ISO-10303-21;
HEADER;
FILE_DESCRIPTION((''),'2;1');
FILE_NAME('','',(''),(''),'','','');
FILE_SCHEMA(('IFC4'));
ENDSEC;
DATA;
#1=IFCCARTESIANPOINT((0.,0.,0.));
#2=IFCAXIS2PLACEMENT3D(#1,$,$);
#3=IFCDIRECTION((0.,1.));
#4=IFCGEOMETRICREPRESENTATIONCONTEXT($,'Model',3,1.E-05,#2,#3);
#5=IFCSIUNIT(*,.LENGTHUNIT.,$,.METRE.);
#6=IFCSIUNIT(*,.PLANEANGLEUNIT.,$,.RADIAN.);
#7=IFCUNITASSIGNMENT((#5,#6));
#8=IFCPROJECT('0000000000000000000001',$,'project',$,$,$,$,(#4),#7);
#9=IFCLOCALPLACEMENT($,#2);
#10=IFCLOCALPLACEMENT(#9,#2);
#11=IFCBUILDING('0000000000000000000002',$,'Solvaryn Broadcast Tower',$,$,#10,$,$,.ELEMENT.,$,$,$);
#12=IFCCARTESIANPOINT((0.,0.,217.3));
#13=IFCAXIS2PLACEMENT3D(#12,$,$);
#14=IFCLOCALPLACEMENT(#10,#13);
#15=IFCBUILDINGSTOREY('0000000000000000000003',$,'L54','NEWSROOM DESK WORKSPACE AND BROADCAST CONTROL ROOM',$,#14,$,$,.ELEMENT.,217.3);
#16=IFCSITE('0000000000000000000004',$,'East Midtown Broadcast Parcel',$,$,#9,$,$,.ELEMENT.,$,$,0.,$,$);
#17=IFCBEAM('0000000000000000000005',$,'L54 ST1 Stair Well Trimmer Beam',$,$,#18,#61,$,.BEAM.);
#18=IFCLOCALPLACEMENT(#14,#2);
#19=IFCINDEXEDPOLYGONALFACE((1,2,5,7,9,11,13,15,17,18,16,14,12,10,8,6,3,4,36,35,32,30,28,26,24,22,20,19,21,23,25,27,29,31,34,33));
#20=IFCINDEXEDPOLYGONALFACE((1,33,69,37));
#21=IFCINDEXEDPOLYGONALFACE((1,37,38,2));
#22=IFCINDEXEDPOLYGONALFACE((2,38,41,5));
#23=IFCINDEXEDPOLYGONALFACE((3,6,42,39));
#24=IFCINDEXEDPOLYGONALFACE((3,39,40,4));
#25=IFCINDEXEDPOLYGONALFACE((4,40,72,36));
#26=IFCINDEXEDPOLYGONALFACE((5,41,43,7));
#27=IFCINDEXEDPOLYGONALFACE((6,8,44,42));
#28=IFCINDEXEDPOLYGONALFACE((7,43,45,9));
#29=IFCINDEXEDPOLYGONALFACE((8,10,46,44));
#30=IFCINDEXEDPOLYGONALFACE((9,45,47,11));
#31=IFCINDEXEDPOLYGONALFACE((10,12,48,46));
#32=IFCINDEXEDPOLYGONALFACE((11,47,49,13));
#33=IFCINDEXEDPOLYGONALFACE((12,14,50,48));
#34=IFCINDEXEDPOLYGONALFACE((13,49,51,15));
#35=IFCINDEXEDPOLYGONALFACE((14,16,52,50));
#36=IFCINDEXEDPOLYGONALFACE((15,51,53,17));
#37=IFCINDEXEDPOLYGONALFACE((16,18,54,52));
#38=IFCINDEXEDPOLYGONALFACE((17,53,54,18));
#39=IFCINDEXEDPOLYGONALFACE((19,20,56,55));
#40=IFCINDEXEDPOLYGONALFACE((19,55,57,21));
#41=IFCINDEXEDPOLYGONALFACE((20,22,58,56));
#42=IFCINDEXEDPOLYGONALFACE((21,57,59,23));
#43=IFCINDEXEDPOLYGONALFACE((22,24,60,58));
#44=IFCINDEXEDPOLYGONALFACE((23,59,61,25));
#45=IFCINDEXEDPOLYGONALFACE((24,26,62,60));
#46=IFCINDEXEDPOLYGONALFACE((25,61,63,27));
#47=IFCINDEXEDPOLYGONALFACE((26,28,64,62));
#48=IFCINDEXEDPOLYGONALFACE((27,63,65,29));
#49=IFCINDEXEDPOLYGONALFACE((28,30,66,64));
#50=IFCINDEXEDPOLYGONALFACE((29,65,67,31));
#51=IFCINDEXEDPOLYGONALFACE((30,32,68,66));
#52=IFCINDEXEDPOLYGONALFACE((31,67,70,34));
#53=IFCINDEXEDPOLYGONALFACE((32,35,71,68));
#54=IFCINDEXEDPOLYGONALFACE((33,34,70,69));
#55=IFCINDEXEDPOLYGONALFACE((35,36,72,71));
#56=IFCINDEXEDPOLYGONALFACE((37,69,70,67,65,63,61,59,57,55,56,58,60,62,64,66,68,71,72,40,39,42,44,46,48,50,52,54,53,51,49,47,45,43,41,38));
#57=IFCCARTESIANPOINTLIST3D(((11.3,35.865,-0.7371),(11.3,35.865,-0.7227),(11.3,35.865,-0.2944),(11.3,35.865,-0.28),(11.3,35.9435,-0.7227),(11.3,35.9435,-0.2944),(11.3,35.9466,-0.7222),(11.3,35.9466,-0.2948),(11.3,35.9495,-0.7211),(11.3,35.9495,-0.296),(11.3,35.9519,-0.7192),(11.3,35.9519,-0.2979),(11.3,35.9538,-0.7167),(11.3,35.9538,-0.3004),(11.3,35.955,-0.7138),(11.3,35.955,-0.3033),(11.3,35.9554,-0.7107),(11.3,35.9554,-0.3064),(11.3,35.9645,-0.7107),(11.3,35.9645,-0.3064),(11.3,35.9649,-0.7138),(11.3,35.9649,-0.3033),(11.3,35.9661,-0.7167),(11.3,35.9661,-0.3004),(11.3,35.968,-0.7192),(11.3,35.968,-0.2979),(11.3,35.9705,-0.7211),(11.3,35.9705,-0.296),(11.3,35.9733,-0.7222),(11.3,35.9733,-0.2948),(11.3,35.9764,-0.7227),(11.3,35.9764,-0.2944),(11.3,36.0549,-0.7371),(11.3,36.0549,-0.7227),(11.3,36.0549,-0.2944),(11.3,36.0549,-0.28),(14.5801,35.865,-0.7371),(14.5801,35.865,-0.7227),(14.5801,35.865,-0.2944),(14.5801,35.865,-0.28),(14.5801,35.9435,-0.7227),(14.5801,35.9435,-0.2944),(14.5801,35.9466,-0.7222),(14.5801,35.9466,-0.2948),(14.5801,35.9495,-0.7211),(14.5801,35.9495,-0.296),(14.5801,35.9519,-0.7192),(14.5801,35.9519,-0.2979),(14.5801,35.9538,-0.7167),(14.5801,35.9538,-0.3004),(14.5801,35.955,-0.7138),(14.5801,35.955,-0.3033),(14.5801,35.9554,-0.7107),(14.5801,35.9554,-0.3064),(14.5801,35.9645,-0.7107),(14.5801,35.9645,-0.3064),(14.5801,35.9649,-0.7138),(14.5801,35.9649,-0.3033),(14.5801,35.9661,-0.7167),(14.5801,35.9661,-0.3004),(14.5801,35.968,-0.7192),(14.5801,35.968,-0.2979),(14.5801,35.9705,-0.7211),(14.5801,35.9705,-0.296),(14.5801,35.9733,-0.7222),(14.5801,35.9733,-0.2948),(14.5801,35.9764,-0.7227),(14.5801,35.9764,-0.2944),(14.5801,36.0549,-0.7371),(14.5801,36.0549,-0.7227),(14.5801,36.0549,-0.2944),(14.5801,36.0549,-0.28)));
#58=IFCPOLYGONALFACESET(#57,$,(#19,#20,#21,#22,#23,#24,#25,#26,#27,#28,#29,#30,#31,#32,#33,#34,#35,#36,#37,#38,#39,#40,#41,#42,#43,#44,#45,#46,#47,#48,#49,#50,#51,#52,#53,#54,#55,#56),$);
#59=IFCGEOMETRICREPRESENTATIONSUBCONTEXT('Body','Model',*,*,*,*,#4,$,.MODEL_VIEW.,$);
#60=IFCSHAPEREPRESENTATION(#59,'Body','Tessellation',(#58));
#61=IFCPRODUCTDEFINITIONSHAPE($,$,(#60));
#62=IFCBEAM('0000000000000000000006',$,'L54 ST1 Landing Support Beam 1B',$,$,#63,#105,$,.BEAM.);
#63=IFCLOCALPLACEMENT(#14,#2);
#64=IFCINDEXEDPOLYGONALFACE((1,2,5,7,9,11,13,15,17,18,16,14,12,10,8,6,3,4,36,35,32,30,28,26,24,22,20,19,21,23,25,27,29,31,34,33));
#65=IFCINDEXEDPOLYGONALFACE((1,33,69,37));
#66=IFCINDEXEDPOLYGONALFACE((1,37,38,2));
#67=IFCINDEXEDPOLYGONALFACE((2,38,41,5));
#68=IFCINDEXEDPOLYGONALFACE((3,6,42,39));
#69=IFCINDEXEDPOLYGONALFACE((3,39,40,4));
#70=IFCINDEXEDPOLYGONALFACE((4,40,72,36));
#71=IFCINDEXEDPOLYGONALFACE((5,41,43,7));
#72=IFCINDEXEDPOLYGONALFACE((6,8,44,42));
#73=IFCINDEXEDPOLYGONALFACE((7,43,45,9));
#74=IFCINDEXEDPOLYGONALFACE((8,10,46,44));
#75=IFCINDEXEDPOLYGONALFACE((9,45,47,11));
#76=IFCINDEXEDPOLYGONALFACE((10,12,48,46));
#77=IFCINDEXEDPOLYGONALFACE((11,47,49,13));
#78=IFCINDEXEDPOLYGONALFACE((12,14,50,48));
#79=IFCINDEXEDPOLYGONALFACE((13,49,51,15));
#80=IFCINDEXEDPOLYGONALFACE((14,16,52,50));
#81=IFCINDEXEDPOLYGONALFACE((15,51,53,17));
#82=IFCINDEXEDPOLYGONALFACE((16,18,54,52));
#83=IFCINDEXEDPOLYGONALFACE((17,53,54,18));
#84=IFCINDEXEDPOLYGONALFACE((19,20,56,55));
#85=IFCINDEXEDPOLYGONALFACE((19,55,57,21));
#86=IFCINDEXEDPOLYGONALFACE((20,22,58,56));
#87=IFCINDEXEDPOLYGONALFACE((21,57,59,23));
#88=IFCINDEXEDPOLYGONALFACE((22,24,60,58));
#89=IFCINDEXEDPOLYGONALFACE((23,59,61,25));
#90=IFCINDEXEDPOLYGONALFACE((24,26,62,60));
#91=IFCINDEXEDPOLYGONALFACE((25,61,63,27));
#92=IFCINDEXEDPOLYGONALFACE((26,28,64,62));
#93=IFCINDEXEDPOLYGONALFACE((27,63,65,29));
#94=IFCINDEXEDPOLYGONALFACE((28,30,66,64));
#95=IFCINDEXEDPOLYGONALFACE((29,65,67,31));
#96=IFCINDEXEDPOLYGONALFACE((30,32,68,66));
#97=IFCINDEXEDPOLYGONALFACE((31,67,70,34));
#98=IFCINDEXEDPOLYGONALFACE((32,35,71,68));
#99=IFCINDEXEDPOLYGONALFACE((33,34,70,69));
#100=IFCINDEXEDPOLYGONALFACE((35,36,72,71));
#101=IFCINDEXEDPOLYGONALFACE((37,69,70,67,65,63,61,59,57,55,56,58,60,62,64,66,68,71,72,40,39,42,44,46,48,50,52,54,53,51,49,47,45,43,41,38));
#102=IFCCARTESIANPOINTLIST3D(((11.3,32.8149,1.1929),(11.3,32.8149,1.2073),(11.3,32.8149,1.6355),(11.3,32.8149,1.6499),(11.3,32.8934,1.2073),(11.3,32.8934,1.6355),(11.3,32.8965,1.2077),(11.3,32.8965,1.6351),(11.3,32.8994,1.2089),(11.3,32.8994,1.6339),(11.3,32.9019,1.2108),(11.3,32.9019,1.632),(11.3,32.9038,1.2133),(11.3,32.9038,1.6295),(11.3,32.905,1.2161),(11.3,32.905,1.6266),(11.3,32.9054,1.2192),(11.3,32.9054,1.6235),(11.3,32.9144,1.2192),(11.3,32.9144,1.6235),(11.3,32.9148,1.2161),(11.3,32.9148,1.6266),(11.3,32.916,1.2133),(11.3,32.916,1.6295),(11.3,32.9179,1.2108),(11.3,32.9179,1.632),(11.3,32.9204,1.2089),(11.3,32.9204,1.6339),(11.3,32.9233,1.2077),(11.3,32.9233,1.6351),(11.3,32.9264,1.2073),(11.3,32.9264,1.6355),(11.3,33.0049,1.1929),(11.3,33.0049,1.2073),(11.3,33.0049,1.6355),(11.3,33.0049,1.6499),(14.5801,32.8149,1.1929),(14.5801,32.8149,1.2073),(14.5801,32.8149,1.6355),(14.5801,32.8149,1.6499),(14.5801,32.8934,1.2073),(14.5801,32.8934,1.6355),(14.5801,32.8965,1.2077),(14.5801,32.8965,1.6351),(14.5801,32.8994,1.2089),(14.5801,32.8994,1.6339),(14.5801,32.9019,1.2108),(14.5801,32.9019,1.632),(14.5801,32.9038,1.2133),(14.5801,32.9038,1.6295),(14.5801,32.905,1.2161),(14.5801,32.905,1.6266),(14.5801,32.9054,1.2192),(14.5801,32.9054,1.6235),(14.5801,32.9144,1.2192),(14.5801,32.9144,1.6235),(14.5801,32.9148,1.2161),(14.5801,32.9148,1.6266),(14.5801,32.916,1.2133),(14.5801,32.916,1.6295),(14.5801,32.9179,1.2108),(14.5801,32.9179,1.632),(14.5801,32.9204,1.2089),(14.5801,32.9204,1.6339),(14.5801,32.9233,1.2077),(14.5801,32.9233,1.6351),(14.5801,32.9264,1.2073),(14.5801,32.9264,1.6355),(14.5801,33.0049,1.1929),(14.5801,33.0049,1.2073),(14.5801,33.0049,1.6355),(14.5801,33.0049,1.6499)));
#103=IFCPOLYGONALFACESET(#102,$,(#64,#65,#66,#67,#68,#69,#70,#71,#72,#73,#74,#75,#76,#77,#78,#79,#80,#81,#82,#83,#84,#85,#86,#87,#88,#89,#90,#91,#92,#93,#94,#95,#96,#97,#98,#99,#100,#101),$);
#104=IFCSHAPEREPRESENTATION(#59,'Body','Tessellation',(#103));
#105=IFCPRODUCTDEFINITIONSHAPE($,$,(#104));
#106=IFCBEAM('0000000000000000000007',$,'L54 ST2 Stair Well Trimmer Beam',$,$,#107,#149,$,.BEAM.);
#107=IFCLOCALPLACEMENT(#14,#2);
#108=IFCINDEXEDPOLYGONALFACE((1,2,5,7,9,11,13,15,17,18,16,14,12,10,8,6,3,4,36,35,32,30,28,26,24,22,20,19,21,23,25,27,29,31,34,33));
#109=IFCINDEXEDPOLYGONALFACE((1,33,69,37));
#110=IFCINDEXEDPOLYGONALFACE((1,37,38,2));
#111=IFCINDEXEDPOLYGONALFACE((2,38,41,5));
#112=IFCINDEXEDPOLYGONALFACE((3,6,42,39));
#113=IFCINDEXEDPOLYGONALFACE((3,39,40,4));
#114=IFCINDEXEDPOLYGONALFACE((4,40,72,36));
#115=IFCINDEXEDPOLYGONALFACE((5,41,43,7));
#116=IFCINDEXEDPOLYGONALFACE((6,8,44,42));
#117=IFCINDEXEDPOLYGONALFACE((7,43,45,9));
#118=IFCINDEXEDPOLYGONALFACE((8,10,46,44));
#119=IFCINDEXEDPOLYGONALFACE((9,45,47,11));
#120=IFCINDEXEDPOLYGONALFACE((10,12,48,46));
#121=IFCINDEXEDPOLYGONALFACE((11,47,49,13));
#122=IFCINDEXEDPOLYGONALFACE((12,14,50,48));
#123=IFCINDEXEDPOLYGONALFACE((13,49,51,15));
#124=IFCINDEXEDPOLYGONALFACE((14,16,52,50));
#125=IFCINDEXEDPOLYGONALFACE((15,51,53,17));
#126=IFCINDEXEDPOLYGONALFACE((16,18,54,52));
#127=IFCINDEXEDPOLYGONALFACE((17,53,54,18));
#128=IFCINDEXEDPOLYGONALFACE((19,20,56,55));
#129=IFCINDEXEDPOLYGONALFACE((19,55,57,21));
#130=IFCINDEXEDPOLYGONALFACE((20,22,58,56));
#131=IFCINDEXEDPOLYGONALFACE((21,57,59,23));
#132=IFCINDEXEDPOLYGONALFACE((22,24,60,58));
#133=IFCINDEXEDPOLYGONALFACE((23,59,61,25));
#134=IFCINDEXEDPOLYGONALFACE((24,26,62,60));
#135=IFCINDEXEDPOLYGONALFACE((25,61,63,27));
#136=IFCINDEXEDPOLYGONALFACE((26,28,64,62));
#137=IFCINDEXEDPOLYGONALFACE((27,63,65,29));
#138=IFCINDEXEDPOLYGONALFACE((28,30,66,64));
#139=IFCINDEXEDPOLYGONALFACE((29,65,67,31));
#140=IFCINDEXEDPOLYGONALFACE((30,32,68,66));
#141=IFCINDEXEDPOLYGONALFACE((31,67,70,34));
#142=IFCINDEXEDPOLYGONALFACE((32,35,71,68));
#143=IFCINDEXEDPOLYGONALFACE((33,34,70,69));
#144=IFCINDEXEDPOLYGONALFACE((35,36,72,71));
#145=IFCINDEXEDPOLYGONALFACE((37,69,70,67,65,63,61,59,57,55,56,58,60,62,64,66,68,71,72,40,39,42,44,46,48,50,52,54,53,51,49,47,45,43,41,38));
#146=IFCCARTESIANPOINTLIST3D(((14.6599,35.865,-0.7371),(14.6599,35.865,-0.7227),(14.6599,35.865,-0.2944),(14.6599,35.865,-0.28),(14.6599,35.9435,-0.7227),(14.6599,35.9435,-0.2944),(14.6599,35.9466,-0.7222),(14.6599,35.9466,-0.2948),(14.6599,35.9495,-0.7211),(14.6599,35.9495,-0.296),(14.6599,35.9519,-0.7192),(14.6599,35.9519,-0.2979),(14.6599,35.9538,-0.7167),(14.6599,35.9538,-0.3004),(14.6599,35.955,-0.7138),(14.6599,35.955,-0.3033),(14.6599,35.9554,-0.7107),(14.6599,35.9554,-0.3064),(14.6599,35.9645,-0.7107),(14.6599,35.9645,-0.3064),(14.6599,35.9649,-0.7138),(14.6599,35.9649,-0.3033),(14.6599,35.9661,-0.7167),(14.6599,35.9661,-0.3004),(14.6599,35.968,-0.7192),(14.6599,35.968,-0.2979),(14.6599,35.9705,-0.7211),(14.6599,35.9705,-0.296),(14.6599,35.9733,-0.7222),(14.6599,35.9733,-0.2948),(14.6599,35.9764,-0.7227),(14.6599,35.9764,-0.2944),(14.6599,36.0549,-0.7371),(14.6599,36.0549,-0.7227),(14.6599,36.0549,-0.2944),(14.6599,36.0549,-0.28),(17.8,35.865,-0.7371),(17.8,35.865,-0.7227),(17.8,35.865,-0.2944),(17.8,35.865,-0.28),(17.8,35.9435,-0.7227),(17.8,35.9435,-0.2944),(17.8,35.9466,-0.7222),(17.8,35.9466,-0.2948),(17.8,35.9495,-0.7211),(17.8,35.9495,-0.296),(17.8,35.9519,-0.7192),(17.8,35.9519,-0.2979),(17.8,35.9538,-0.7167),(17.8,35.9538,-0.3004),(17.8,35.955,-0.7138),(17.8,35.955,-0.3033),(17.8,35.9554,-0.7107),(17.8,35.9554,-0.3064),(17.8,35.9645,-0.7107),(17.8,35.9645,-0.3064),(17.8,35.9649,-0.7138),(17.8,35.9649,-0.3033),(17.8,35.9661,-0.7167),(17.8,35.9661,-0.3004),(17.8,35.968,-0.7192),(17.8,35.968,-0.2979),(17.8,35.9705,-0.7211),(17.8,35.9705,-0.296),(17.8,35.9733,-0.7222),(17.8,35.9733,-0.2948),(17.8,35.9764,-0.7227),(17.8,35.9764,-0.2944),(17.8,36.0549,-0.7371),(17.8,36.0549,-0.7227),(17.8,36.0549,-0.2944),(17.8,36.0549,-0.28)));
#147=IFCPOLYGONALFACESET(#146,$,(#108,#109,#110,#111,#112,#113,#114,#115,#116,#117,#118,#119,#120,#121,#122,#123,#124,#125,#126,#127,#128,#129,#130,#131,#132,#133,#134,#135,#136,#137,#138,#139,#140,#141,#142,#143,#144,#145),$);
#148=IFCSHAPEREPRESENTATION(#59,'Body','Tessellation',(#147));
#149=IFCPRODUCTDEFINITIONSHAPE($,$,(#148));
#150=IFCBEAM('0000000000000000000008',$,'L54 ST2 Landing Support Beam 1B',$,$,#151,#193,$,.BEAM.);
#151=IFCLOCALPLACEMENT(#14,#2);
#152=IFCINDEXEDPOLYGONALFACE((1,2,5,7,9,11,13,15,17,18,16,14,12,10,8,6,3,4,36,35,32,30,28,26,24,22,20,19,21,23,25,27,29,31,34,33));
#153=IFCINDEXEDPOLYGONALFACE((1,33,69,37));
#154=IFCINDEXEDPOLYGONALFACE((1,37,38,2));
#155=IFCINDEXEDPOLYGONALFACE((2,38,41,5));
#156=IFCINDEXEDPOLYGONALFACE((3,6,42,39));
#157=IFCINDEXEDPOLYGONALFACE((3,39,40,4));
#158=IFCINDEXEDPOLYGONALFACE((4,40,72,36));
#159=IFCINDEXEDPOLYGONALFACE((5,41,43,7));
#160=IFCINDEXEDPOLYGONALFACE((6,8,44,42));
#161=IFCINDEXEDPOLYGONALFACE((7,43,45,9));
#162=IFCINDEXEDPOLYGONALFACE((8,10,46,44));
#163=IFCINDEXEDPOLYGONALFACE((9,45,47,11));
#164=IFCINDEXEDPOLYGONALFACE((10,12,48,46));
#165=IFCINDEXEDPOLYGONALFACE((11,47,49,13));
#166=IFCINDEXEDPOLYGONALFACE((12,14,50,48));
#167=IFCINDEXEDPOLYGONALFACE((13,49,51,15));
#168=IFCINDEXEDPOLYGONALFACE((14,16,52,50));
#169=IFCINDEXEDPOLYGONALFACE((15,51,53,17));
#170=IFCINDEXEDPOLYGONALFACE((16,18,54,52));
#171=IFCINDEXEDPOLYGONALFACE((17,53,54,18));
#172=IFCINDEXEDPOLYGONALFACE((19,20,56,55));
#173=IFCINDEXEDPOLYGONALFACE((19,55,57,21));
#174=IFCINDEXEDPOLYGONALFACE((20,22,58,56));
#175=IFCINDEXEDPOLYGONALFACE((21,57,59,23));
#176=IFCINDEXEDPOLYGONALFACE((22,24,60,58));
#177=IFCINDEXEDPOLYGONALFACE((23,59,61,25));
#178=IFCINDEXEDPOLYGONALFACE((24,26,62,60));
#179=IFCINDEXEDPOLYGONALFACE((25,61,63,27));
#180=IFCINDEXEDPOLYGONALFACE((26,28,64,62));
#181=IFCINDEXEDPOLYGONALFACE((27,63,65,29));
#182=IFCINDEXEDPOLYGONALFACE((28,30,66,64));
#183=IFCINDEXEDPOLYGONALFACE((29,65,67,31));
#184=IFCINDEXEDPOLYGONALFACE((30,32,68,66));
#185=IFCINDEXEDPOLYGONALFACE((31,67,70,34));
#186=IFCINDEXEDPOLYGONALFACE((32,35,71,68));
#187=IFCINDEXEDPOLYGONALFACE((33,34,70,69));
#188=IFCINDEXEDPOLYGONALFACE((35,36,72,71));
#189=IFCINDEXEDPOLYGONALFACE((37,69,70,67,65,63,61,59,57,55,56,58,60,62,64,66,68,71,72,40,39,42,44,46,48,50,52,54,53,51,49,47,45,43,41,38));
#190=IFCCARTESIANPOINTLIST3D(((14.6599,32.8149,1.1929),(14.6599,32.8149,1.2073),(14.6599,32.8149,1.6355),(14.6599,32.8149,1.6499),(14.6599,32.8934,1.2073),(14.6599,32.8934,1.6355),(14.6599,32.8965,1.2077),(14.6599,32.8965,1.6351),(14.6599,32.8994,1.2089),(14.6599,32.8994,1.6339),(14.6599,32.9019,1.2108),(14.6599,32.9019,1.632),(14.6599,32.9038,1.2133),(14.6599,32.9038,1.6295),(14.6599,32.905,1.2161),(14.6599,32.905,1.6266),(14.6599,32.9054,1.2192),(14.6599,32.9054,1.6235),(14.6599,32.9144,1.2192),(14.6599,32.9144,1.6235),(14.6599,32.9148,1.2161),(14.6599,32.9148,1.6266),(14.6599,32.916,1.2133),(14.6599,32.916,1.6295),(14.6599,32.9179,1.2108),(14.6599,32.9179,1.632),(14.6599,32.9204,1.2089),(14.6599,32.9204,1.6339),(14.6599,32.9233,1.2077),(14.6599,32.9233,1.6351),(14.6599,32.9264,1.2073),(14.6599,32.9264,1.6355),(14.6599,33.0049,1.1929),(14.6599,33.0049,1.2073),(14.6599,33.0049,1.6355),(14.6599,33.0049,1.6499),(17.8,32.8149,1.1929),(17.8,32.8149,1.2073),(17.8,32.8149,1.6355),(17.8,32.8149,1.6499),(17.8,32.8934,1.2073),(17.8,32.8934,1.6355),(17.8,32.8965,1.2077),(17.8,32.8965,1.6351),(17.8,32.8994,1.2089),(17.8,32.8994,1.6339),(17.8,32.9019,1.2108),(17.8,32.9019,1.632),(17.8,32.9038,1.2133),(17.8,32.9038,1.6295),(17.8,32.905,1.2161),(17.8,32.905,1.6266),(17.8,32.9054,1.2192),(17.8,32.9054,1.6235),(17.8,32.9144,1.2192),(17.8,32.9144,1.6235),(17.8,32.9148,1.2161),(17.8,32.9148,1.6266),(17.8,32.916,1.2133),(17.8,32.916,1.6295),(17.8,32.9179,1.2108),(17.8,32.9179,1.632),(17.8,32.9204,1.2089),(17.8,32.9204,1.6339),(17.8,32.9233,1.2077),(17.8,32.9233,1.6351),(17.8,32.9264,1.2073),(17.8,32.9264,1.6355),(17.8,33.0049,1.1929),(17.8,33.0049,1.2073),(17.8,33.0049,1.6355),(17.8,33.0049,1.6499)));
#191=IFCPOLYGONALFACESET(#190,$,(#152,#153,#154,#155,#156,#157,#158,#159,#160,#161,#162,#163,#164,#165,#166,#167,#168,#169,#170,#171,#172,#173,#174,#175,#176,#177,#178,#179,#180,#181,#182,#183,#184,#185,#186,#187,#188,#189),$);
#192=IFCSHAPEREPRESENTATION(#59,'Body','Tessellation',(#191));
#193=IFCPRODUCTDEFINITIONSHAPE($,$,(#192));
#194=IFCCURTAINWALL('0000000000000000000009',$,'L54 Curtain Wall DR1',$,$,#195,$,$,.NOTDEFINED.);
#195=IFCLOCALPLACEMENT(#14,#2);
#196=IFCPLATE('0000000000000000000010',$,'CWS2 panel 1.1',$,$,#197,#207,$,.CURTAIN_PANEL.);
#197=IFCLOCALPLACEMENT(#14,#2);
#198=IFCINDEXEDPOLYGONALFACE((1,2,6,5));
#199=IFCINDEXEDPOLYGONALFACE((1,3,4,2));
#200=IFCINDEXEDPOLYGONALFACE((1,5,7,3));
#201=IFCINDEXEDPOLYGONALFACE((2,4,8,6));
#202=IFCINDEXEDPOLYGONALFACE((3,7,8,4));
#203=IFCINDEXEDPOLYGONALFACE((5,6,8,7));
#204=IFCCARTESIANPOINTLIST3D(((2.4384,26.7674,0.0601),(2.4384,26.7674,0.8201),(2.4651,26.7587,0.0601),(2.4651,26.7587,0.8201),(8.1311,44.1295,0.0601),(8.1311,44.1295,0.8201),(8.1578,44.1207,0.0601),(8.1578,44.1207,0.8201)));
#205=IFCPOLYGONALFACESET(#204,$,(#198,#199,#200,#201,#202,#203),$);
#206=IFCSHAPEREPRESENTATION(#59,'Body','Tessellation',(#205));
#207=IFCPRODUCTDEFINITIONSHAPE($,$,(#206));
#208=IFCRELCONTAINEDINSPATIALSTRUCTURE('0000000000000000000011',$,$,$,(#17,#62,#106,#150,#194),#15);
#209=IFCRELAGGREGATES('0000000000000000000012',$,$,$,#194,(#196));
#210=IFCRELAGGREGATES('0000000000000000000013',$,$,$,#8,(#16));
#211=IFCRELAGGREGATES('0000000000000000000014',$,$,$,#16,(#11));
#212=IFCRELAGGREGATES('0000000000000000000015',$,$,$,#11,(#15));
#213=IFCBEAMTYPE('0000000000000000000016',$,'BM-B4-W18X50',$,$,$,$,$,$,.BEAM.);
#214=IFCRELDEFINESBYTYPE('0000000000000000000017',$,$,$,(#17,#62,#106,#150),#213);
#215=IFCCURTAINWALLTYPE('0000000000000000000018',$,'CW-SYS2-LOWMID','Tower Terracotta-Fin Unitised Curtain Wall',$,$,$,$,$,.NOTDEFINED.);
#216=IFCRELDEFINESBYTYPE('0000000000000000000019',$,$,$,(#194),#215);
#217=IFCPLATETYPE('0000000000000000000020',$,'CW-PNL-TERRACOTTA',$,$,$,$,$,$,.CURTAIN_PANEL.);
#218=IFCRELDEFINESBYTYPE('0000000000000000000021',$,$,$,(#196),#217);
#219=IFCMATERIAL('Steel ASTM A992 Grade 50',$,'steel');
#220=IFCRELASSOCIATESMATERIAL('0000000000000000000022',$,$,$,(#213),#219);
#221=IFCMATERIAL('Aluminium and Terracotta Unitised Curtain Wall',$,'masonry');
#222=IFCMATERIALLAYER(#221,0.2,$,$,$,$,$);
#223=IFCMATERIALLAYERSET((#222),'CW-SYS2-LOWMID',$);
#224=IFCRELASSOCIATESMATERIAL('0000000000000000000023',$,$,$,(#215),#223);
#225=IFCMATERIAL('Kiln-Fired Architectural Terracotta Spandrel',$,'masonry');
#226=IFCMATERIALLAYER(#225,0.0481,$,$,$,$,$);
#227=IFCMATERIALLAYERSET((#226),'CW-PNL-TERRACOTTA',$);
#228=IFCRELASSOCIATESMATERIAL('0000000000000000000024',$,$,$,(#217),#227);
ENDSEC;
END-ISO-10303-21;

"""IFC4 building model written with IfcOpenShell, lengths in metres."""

from ifc_helpers import new_model, si_unit, direction, frame, origin, origin_2d, place, context, subcontext, project, spatial, rectangle, i_section, extrude, material, layer, layer_set, material_profile, profile_set, type_object, element, aggregate, save


model = new_model("IFC4")

# Units and contexts
model_context = context("Model", 3, precision=1e-05, world=origin(), true_north=direction((0.0, 1.0)))
body_context = subcontext(model_context, "Body", "Model", "MODEL_VIEW")
ifc_project = project(units=[si_unit("LENGTHUNIT", "METRE"), si_unit("PLANEANGLEUNIT", "RADIAN")], contexts=[model_context])

# Site, building, storey
site_placement = place(None, origin())
site = spatial("IfcSite", under=ifc_project, at=site_placement, Name="East Midtown Broadcast Parcel", CompositionType="ELEMENT", RefElevation=0.0)
building_placement = place(site_placement, origin())
building = spatial("IfcBuilding", under=site, at=building_placement, Name="Solvaryn Broadcast Tower", CompositionType="ELEMENT")
storey_placement = place(building_placement, frame((0.0, 0.0, 217.3)))
storey = spatial("IfcBuildingStorey", under=building, at=storey_placement, Name="L54", Description="NEWSROOM DESK WORKSPACE AND BROADCAST CONTROL ROOM", CompositionType="ELEMENT", Elevation=217.3)

# Beams
ifc_material_1 = material(Name="Steel ASTM A992 Grade 50", Category="steel")
ifc_material_profile = material_profile(ifc_material_1, i_section(OverallWidth=0.1899, OverallDepth=0.457, WebThickness=0.009, FlangeThickness=0.0144, FilletRadius=0.012, at=origin_2d()))
ifc_profile_set = profile_set([ifc_material_profile], Name="Steel ASTM A992 Grade 50")
beam_type = type_object("IfcBeamType", Name="BM-B4-W18X50", PredefinedType="BEAM", material=ifc_profile_set)
for number, where, z_axis, x_axis, name in (
    (1, (11.3, 35.96, -0.5085), (1.0, 0.0, 0.0), (0.0, 1.0, 0.0), "L54 ST1 Stair Well Trimmer Beam"),
    (2, (11.3, 32.9099, 1.4214), (1.0, 0.0, 0.0), (0.0, 1.0, 0.0), "L54 ST1 Landing Support Beam 1B"),
):
    element("IfcBeam", number, at=place(storey_placement, frame(where, z_axis=z_axis, x_axis=x_axis)), inside=storey, type_object=beam_type, Name=name, PredefinedType="BEAM", context=body_context, shape_type="SweptSolid", body=[
        extrude(i_section(OverallWidth=0.1899, OverallDepth=0.457, WebThickness=0.009, FlangeThickness=0.0144, FilletRadius=0.012, at=origin_2d()), origin(), (0.0, 0.0, 1.0), 3.28),
    ])
for number, where, z_axis, x_axis, name in (
    (3, (14.6599, 35.96, -0.5085), (1.0, 0.0, 0.0), (0.0, 1.0, 0.0), "L54 ST2 Stair Well Trimmer Beam"),
    (4, (14.6599, 32.9099, 1.4214), (1.0, 0.0, 0.0), (0.0, 1.0, 0.0), "L54 ST2 Landing Support Beam 1B"),
):
    element("IfcBeam", number, at=place(storey_placement, frame(where, z_axis=z_axis, x_axis=x_axis)), inside=storey, type_object=beam_type, Name=name, PredefinedType="BEAM", context=body_context, shape_type="SweptSolid", body=[
        extrude(i_section(OverallWidth=0.1899, OverallDepth=0.457, WebThickness=0.009, FlangeThickness=0.0144, FilletRadius=0.012, at=origin_2d()), origin(), (0.0, 0.0, 1.0), 3.1401),
    ])

# Curtain wall, plate
ifc_material_2 = material(Name="Aluminium and Terracotta Unitised Curtain Wall", Category="masonry")
ifc_layer_1 = layer(ifc_material_2, 0.2)
ifc_layer_set_1 = layer_set([ifc_layer_1], Name="CW-SYS2-LOWMID")
curtain_wall_type = type_object("IfcCurtainWallType", Name="CW-SYS2-LOWMID", Description="Tower Terracotta-Fin Unitised Curtain Wall", PredefinedType="NOTDEFINED", material=ifc_layer_set_1)
curtain_wall_placement = place(storey_placement, origin())
curtain_wall = element("IfcCurtainWall", 5, at=curtain_wall_placement, inside=storey, type_object=curtain_wall_type, Name="L54 Curtain Wall DR1", PredefinedType="NOTDEFINED")
ifc_material_3 = material(Name="Kiln-Fired Architectural Terracotta Spandrel", Category="masonry")
ifc_layer_2 = layer(ifc_material_3, 0.0481)
ifc_layer_set_2 = layer_set([ifc_layer_2], Name="CW-PNL-TERRACOTTA")
plate_type = type_object("IfcPlateType", Name="CW-PNL-TERRACOTTA", PredefinedType="CURTAIN_PANEL", material=ifc_layer_set_2)
plate_1_placement = place(storey_placement, frame((5.2981, 35.4441, 0.0601), z_axis=(0.0, 0.0, 1.0), x_axis=(-0.311559, -0.950227, 0.0)))
plate_1 = element("IfcPlate", 6, at=plate_1_placement, type_object=plate_type, Name="CWS2 panel 1.1", PredefinedType="CURTAIN_PANEL", context=body_context, shape_type="SweptSolid", body=[
    extrude(rectangle(XDim=18.2715, YDim=0.0281, at=origin_2d()), origin(), (0.0, 0.0, 1.0), 0.76),
])
aggregate(curtain_wall, [plate_1])

save(model, "model.ifc")
